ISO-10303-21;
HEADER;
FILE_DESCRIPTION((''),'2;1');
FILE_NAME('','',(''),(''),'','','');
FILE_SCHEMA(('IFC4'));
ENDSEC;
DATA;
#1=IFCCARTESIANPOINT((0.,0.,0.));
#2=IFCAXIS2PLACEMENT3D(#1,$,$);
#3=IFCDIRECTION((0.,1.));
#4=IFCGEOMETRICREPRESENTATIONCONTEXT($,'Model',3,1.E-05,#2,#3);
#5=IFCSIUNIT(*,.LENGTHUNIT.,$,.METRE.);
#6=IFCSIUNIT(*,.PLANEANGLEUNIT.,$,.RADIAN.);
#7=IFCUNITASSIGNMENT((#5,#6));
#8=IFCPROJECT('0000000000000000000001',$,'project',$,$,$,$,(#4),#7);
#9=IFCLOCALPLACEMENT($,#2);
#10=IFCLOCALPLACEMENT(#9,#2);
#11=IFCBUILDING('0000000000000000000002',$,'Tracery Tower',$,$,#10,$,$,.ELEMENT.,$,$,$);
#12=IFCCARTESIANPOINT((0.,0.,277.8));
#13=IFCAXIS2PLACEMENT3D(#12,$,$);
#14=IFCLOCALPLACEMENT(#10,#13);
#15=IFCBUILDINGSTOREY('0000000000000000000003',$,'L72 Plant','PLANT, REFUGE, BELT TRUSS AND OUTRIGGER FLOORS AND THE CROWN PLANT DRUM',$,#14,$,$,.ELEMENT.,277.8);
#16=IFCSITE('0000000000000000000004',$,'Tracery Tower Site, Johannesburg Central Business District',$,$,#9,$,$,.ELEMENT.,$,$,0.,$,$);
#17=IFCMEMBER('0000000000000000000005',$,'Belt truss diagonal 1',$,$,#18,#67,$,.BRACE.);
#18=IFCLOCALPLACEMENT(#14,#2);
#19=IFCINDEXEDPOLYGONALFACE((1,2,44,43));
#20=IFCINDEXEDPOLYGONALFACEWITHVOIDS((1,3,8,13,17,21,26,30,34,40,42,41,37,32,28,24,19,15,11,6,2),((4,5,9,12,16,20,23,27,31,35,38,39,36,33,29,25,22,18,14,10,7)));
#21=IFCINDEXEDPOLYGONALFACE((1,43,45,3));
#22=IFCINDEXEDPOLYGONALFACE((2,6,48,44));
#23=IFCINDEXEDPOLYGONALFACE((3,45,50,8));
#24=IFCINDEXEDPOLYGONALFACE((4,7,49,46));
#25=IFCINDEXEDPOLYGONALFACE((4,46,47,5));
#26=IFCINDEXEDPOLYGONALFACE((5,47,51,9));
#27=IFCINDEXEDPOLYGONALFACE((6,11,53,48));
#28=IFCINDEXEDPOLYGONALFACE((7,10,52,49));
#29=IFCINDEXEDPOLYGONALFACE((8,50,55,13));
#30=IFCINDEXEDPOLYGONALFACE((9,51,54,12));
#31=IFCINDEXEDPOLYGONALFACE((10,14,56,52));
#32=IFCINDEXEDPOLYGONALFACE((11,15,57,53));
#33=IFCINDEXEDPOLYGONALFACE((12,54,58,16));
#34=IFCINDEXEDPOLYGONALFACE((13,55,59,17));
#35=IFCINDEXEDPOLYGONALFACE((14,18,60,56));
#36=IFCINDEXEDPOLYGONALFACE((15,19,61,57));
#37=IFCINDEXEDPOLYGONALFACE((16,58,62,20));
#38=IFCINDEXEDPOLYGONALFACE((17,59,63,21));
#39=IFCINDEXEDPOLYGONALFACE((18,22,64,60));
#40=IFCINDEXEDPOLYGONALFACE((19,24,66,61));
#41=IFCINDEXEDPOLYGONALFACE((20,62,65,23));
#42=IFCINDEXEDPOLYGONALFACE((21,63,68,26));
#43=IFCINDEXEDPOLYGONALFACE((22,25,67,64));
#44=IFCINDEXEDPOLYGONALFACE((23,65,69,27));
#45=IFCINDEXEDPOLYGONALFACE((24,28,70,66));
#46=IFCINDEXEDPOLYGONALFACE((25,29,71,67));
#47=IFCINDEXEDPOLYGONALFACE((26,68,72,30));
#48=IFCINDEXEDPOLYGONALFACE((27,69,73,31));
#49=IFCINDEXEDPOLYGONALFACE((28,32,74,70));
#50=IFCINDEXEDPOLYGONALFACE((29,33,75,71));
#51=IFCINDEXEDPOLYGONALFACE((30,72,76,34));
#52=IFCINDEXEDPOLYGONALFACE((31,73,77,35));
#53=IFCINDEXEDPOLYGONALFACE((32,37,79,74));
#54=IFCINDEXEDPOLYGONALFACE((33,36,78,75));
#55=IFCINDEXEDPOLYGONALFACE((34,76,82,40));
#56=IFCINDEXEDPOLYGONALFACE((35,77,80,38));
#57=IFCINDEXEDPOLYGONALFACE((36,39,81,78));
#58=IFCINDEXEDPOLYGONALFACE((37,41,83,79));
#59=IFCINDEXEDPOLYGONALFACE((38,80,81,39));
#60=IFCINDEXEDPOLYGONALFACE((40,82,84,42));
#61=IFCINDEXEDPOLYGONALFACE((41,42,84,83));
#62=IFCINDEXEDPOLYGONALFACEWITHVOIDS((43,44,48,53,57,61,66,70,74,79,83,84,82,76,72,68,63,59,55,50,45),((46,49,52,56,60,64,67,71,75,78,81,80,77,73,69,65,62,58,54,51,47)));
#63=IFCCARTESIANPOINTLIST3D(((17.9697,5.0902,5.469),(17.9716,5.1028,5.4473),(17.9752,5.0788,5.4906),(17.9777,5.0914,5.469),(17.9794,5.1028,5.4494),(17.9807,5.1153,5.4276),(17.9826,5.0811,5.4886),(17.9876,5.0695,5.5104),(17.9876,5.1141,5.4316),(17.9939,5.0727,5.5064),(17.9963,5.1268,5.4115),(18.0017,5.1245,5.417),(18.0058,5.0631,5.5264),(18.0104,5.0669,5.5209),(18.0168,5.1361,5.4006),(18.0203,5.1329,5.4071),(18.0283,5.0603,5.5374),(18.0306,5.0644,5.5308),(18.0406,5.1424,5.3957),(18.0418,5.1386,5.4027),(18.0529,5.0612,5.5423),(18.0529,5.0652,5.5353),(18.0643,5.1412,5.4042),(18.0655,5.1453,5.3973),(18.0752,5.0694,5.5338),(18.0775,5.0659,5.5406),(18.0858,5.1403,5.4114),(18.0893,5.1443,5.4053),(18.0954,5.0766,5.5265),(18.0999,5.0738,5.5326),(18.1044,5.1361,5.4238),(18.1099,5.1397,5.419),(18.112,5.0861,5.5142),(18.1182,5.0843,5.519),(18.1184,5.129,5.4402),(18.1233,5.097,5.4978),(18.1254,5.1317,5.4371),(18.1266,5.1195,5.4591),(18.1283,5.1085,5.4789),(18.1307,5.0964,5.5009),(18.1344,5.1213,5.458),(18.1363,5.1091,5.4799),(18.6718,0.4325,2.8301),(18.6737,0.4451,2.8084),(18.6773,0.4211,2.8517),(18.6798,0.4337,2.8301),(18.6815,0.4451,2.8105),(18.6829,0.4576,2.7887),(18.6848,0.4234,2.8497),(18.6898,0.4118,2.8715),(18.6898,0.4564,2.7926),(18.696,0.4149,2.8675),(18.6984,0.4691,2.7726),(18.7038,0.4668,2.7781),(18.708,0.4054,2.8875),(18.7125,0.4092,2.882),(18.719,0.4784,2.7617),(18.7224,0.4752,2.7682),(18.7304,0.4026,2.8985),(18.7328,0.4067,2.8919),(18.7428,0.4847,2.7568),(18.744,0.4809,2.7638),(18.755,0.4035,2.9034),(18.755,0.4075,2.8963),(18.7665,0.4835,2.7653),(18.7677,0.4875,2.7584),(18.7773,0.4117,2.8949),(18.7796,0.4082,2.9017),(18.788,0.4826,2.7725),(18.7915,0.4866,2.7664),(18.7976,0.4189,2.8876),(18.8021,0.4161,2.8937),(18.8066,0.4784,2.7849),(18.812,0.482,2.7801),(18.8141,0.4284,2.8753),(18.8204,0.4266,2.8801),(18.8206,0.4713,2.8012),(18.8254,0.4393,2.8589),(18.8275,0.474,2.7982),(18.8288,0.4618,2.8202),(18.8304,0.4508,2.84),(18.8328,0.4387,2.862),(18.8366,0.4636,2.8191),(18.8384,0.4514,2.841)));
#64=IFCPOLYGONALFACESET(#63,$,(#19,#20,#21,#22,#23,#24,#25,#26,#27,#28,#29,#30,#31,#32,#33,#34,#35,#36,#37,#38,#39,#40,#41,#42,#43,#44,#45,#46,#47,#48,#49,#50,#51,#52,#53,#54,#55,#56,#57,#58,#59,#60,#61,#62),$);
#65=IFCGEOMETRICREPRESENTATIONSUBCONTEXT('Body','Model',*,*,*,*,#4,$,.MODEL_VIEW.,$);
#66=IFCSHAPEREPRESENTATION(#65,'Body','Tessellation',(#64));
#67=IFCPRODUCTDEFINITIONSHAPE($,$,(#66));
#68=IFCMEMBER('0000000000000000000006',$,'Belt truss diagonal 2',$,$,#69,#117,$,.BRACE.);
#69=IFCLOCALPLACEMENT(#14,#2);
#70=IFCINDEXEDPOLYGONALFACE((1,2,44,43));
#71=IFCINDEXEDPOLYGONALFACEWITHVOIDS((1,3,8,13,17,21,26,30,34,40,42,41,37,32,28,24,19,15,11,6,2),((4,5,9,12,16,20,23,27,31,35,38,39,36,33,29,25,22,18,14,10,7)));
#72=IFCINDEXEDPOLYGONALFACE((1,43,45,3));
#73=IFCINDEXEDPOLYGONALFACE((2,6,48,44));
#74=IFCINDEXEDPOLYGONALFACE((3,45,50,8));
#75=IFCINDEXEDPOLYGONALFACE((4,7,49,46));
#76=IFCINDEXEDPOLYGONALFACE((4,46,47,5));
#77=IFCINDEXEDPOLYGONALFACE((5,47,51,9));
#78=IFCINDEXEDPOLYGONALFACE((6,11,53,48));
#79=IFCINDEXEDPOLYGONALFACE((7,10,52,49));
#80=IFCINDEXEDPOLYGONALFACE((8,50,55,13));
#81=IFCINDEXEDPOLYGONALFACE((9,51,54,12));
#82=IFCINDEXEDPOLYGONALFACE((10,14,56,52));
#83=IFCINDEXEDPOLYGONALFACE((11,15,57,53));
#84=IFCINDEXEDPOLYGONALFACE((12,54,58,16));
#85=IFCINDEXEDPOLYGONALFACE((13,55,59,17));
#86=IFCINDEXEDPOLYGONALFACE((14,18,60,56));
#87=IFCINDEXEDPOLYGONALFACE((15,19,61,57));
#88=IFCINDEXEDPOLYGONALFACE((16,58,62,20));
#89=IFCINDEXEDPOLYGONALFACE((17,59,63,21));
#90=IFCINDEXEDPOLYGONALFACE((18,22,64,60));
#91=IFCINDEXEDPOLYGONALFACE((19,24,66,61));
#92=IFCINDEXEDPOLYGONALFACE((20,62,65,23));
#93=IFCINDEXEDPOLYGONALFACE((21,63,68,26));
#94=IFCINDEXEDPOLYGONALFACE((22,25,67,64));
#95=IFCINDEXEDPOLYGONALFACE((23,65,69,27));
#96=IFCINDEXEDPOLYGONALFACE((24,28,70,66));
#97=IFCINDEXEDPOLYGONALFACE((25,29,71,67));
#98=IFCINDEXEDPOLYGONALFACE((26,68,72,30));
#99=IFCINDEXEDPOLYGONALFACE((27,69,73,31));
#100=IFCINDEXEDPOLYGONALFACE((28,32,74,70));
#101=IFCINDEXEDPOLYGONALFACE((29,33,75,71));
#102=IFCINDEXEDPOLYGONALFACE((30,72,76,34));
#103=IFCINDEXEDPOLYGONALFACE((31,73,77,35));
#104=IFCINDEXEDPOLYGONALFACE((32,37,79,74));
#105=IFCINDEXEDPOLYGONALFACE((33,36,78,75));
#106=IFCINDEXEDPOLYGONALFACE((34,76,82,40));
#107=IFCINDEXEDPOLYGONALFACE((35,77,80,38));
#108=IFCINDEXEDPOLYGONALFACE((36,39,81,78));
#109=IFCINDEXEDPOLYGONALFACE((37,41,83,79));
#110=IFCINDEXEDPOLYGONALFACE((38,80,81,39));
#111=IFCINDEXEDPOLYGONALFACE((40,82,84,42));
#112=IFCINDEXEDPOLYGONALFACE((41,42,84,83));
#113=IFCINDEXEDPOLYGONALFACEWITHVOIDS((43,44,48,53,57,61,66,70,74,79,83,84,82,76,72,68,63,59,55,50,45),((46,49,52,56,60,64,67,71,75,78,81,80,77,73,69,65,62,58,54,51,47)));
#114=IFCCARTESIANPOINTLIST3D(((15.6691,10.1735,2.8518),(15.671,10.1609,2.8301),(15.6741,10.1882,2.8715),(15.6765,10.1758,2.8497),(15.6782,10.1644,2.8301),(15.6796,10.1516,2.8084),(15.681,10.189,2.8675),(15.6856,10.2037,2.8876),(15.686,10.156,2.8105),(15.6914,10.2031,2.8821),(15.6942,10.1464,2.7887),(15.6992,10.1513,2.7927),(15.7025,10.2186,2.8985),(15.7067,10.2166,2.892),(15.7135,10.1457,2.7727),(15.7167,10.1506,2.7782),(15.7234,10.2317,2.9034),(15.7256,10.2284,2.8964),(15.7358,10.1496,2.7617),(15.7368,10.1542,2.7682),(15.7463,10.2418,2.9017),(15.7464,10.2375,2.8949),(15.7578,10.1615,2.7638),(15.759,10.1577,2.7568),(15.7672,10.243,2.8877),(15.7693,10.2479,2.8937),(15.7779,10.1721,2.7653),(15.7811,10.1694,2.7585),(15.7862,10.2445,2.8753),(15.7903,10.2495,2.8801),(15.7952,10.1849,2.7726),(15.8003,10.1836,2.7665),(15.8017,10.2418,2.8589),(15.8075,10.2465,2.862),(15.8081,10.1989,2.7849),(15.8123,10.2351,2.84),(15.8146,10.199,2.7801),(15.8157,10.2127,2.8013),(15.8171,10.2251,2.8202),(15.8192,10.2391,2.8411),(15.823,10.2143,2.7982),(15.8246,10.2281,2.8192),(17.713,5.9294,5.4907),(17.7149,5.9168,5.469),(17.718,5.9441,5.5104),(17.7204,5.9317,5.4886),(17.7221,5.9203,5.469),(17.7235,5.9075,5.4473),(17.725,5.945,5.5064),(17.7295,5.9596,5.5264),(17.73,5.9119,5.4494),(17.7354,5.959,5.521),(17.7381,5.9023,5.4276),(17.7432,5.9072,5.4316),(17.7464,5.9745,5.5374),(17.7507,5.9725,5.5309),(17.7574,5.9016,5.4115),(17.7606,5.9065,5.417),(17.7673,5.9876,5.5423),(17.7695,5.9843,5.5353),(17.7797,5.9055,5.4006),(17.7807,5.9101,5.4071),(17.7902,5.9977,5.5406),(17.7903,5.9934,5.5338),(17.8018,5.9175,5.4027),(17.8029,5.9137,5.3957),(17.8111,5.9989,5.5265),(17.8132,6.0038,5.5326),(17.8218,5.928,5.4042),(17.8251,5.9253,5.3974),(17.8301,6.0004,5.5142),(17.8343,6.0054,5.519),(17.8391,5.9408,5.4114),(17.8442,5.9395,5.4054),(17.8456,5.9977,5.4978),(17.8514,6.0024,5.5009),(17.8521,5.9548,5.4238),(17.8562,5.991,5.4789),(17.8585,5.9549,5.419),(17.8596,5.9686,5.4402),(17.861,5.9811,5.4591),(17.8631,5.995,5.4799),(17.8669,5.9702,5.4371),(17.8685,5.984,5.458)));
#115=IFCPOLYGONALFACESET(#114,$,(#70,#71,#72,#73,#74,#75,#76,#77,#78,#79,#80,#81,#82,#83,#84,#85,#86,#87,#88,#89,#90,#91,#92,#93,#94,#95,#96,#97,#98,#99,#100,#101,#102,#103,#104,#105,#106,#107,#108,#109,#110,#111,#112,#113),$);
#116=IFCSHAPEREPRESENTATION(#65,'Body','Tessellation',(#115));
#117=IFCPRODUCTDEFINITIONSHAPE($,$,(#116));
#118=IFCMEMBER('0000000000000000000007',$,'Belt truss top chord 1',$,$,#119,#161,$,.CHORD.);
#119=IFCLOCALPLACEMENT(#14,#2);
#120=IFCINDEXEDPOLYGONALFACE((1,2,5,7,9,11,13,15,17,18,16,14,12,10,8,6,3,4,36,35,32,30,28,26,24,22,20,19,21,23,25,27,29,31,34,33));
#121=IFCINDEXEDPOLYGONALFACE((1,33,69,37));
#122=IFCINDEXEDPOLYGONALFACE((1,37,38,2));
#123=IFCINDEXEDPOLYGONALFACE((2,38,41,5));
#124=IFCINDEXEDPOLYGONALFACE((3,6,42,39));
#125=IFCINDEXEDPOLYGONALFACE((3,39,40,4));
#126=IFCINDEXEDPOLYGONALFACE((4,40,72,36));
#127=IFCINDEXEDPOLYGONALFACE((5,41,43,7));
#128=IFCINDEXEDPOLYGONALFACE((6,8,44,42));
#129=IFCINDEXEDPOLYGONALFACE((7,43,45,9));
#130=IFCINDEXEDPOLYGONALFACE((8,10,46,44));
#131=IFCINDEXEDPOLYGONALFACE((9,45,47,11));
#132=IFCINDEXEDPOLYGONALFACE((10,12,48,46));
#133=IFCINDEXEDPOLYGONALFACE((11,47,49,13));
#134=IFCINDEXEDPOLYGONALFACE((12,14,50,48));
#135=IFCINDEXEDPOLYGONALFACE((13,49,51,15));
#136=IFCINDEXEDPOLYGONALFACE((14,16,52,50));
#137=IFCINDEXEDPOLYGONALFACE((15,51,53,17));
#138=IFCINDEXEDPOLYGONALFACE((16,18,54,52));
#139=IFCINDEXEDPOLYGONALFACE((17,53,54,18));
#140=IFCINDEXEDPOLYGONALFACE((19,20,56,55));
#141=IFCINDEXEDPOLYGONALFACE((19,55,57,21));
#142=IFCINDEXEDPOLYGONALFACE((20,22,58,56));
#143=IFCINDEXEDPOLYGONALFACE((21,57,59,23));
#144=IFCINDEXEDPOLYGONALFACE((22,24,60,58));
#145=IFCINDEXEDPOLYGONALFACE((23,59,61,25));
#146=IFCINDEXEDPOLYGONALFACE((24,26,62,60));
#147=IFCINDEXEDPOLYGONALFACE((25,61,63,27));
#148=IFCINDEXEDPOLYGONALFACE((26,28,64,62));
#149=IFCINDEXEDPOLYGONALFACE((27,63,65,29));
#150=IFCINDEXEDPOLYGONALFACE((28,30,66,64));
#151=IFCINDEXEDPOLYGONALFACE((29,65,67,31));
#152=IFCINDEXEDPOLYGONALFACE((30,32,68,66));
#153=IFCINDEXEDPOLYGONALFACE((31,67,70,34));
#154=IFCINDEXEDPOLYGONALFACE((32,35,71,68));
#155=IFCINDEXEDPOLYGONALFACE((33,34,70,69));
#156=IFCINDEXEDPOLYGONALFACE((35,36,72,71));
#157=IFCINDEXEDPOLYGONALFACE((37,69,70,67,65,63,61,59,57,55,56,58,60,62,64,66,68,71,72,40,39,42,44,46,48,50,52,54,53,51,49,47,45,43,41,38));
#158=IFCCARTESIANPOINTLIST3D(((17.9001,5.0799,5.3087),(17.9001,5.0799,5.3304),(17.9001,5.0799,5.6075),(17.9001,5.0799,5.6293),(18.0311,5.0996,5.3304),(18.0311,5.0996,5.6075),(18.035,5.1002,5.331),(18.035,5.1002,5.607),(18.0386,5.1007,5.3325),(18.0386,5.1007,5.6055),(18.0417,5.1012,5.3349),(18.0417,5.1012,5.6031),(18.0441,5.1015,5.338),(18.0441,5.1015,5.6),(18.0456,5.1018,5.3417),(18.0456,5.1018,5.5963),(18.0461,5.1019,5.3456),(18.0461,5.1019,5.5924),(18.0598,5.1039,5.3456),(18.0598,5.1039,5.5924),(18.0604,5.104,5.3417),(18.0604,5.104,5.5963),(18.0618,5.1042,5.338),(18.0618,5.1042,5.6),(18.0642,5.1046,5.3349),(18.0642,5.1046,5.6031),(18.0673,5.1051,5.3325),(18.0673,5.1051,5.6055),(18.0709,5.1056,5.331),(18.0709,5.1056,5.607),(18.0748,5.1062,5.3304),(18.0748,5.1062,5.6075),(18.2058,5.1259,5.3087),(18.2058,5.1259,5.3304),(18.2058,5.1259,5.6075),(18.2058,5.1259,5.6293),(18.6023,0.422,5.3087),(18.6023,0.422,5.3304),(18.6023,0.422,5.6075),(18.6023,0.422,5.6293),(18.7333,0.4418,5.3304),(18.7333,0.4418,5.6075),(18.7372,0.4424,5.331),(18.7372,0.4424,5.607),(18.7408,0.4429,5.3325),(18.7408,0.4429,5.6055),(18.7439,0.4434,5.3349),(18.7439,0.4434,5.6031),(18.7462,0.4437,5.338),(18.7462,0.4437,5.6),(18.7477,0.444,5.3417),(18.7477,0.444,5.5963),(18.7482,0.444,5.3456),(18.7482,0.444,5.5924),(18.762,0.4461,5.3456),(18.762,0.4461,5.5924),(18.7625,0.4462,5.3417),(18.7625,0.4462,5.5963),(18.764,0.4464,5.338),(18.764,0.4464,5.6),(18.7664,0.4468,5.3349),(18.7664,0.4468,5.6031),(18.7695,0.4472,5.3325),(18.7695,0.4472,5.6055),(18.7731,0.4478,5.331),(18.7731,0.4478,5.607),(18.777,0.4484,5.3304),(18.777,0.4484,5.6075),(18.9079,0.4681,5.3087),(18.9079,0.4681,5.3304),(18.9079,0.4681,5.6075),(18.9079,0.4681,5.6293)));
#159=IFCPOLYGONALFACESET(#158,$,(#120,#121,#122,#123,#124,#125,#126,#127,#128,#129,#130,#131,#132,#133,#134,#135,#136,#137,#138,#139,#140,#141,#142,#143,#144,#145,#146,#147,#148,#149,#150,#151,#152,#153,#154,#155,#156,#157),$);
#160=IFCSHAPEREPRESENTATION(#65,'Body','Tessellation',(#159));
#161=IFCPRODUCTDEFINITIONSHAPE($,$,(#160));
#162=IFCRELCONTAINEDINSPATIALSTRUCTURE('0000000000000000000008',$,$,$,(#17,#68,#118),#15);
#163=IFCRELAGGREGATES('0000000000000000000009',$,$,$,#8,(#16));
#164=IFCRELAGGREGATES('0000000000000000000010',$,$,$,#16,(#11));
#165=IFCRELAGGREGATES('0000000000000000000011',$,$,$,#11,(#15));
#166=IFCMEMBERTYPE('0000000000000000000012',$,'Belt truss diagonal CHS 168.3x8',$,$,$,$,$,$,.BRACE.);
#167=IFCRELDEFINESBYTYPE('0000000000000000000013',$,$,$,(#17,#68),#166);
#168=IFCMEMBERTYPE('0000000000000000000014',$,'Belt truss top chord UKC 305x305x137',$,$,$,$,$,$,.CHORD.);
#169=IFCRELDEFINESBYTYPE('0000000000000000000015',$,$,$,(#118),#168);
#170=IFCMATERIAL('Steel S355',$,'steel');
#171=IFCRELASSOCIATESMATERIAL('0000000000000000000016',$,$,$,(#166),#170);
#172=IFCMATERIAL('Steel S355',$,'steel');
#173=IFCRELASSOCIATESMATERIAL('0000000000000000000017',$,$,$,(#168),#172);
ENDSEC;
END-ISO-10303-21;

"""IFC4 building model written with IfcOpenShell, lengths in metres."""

from ifc_helpers import new_model, si_unit, direction, frame, origin, origin_2d, place, context, subcontext, project, spatial, hollow_circle, i_section, extrude, material, material_profile, profile_set, type_object, element, save


model = new_model("IFC4")

# Units and contexts
model_context = context("Model", 3, precision=1e-05, world=origin(), true_north=direction((0.0, 1.0)))
body_context = subcontext(model_context, "Body", "Model", "MODEL_VIEW")
ifc_project = project(units=[si_unit("LENGTHUNIT", "METRE"), si_unit("PLANEANGLEUNIT", "RADIAN")], contexts=[model_context])

# Site, building, storey
site_placement = place(None, origin())
site = spatial("IfcSite", under=ifc_project, at=site_placement, Name="Tracery Tower Site, Johannesburg Central Business District", CompositionType="ELEMENT", RefElevation=0.0)
building_placement = place(site_placement, origin())
building = spatial("IfcBuilding", under=site, at=building_placement, Name="Tracery Tower", CompositionType="ELEMENT")
storey_placement = place(building_placement, frame((0.0, 0.0, 277.8)))
storey = spatial("IfcBuildingStorey", under=building, at=storey_placement, Name="L72 Plant", Description="PLANT, REFUGE, BELT TRUSS AND OUTRIGGER FLOORS AND THE CROWN PLANT DRUM", CompositionType="ELEMENT", Elevation=277.8)

# Members
ifc_material_1 = material(Name="Steel S355", Category="steel")
ifc_material_profile_1 = material_profile(ifc_material_1, hollow_circle(Radius=0.0842, WallThickness=0.0081, at=origin_2d()), Name="CHS 168.3x8")
ifc_profile_set_1 = profile_set([ifc_material_profile_1], Name="Steel S355")
member_type_1 = type_object("IfcMemberType", Name="Belt truss diagonal CHS 168.3x8", PredefinedType="BRACE", material=ifc_profile_set_1)
member_1_placement = place(storey_placement, frame((18.7551, 0.4451, 2.8301), z_axis=(-0.130047, 0.86267, 0.488762), x_axis=(-0.988827, -0.149065, 0.0)))
element("IfcMember", 1, at=member_1_placement, inside=storey, type_object=member_type_1, Name="Belt truss diagonal 1", PredefinedType="BRACE", context=body_context, shape_type="SweptSolid", body=[
    extrude(hollow_circle(Radius=0.0842, WallThickness=0.0081, at=origin_2d()), origin(), (0.0, 0.0, 1.0), 5.3992),
])
member_2_placement = place(storey_placement, frame((17.7908, 5.9534, 5.469), z_axis=(-0.378545, 0.786029, -0.488736), x_axis=(-0.900963, -0.433897, 0.0)))
element("IfcMember", 2, at=member_2_placement, inside=storey, type_object=member_type_1, Name="Belt truss diagonal 2", PredefinedType="BRACE", context=body_context, shape_type="SweptSolid", body=[
    extrude(hollow_circle(Radius=0.0842, WallThickness=0.0081, at=origin_2d()), origin(), (0.0, 0.0, 1.0), 5.3994),
])
ifc_material_2 = material(Name="Steel S355", Category="steel")
ifc_material_profile_2 = material_profile(ifc_material_2, i_section(OverallWidth=0.3091, OverallDepth=0.3206, WebThickness=0.0139, FlangeThickness=0.0217, FilletRadius=0.0151, at=origin_2d()), Name="UKC 305x305x137")
ifc_profile_set_2 = profile_set([ifc_material_profile_2], Name="Steel S355")
member_type_2 = type_object("IfcMemberType", Name="Belt truss top chord UKC 305x305x137", PredefinedType="CHORD", material=ifc_profile_set_2)
member_3_placement = place(storey_placement, frame((18.7551, 0.4451, 5.469), z_axis=(-0.149065, 0.988827, 0.0), x_axis=(-0.988827, -0.149065, 0.0)))
element("IfcMember", 3, at=member_3_placement, inside=storey, type_object=member_type_2, Name="Belt truss top chord 1", PredefinedType="CHORD", context=body_context, shape_type="SweptSolid", body=[
    extrude(i_section(OverallWidth=0.3091, OverallDepth=0.3206, WebThickness=0.0139, FlangeThickness=0.0217, FilletRadius=0.0151, at=origin_2d()), origin(), (0.0, 0.0, 1.0), 4.7104),
])

save(model, "model.ifc")
